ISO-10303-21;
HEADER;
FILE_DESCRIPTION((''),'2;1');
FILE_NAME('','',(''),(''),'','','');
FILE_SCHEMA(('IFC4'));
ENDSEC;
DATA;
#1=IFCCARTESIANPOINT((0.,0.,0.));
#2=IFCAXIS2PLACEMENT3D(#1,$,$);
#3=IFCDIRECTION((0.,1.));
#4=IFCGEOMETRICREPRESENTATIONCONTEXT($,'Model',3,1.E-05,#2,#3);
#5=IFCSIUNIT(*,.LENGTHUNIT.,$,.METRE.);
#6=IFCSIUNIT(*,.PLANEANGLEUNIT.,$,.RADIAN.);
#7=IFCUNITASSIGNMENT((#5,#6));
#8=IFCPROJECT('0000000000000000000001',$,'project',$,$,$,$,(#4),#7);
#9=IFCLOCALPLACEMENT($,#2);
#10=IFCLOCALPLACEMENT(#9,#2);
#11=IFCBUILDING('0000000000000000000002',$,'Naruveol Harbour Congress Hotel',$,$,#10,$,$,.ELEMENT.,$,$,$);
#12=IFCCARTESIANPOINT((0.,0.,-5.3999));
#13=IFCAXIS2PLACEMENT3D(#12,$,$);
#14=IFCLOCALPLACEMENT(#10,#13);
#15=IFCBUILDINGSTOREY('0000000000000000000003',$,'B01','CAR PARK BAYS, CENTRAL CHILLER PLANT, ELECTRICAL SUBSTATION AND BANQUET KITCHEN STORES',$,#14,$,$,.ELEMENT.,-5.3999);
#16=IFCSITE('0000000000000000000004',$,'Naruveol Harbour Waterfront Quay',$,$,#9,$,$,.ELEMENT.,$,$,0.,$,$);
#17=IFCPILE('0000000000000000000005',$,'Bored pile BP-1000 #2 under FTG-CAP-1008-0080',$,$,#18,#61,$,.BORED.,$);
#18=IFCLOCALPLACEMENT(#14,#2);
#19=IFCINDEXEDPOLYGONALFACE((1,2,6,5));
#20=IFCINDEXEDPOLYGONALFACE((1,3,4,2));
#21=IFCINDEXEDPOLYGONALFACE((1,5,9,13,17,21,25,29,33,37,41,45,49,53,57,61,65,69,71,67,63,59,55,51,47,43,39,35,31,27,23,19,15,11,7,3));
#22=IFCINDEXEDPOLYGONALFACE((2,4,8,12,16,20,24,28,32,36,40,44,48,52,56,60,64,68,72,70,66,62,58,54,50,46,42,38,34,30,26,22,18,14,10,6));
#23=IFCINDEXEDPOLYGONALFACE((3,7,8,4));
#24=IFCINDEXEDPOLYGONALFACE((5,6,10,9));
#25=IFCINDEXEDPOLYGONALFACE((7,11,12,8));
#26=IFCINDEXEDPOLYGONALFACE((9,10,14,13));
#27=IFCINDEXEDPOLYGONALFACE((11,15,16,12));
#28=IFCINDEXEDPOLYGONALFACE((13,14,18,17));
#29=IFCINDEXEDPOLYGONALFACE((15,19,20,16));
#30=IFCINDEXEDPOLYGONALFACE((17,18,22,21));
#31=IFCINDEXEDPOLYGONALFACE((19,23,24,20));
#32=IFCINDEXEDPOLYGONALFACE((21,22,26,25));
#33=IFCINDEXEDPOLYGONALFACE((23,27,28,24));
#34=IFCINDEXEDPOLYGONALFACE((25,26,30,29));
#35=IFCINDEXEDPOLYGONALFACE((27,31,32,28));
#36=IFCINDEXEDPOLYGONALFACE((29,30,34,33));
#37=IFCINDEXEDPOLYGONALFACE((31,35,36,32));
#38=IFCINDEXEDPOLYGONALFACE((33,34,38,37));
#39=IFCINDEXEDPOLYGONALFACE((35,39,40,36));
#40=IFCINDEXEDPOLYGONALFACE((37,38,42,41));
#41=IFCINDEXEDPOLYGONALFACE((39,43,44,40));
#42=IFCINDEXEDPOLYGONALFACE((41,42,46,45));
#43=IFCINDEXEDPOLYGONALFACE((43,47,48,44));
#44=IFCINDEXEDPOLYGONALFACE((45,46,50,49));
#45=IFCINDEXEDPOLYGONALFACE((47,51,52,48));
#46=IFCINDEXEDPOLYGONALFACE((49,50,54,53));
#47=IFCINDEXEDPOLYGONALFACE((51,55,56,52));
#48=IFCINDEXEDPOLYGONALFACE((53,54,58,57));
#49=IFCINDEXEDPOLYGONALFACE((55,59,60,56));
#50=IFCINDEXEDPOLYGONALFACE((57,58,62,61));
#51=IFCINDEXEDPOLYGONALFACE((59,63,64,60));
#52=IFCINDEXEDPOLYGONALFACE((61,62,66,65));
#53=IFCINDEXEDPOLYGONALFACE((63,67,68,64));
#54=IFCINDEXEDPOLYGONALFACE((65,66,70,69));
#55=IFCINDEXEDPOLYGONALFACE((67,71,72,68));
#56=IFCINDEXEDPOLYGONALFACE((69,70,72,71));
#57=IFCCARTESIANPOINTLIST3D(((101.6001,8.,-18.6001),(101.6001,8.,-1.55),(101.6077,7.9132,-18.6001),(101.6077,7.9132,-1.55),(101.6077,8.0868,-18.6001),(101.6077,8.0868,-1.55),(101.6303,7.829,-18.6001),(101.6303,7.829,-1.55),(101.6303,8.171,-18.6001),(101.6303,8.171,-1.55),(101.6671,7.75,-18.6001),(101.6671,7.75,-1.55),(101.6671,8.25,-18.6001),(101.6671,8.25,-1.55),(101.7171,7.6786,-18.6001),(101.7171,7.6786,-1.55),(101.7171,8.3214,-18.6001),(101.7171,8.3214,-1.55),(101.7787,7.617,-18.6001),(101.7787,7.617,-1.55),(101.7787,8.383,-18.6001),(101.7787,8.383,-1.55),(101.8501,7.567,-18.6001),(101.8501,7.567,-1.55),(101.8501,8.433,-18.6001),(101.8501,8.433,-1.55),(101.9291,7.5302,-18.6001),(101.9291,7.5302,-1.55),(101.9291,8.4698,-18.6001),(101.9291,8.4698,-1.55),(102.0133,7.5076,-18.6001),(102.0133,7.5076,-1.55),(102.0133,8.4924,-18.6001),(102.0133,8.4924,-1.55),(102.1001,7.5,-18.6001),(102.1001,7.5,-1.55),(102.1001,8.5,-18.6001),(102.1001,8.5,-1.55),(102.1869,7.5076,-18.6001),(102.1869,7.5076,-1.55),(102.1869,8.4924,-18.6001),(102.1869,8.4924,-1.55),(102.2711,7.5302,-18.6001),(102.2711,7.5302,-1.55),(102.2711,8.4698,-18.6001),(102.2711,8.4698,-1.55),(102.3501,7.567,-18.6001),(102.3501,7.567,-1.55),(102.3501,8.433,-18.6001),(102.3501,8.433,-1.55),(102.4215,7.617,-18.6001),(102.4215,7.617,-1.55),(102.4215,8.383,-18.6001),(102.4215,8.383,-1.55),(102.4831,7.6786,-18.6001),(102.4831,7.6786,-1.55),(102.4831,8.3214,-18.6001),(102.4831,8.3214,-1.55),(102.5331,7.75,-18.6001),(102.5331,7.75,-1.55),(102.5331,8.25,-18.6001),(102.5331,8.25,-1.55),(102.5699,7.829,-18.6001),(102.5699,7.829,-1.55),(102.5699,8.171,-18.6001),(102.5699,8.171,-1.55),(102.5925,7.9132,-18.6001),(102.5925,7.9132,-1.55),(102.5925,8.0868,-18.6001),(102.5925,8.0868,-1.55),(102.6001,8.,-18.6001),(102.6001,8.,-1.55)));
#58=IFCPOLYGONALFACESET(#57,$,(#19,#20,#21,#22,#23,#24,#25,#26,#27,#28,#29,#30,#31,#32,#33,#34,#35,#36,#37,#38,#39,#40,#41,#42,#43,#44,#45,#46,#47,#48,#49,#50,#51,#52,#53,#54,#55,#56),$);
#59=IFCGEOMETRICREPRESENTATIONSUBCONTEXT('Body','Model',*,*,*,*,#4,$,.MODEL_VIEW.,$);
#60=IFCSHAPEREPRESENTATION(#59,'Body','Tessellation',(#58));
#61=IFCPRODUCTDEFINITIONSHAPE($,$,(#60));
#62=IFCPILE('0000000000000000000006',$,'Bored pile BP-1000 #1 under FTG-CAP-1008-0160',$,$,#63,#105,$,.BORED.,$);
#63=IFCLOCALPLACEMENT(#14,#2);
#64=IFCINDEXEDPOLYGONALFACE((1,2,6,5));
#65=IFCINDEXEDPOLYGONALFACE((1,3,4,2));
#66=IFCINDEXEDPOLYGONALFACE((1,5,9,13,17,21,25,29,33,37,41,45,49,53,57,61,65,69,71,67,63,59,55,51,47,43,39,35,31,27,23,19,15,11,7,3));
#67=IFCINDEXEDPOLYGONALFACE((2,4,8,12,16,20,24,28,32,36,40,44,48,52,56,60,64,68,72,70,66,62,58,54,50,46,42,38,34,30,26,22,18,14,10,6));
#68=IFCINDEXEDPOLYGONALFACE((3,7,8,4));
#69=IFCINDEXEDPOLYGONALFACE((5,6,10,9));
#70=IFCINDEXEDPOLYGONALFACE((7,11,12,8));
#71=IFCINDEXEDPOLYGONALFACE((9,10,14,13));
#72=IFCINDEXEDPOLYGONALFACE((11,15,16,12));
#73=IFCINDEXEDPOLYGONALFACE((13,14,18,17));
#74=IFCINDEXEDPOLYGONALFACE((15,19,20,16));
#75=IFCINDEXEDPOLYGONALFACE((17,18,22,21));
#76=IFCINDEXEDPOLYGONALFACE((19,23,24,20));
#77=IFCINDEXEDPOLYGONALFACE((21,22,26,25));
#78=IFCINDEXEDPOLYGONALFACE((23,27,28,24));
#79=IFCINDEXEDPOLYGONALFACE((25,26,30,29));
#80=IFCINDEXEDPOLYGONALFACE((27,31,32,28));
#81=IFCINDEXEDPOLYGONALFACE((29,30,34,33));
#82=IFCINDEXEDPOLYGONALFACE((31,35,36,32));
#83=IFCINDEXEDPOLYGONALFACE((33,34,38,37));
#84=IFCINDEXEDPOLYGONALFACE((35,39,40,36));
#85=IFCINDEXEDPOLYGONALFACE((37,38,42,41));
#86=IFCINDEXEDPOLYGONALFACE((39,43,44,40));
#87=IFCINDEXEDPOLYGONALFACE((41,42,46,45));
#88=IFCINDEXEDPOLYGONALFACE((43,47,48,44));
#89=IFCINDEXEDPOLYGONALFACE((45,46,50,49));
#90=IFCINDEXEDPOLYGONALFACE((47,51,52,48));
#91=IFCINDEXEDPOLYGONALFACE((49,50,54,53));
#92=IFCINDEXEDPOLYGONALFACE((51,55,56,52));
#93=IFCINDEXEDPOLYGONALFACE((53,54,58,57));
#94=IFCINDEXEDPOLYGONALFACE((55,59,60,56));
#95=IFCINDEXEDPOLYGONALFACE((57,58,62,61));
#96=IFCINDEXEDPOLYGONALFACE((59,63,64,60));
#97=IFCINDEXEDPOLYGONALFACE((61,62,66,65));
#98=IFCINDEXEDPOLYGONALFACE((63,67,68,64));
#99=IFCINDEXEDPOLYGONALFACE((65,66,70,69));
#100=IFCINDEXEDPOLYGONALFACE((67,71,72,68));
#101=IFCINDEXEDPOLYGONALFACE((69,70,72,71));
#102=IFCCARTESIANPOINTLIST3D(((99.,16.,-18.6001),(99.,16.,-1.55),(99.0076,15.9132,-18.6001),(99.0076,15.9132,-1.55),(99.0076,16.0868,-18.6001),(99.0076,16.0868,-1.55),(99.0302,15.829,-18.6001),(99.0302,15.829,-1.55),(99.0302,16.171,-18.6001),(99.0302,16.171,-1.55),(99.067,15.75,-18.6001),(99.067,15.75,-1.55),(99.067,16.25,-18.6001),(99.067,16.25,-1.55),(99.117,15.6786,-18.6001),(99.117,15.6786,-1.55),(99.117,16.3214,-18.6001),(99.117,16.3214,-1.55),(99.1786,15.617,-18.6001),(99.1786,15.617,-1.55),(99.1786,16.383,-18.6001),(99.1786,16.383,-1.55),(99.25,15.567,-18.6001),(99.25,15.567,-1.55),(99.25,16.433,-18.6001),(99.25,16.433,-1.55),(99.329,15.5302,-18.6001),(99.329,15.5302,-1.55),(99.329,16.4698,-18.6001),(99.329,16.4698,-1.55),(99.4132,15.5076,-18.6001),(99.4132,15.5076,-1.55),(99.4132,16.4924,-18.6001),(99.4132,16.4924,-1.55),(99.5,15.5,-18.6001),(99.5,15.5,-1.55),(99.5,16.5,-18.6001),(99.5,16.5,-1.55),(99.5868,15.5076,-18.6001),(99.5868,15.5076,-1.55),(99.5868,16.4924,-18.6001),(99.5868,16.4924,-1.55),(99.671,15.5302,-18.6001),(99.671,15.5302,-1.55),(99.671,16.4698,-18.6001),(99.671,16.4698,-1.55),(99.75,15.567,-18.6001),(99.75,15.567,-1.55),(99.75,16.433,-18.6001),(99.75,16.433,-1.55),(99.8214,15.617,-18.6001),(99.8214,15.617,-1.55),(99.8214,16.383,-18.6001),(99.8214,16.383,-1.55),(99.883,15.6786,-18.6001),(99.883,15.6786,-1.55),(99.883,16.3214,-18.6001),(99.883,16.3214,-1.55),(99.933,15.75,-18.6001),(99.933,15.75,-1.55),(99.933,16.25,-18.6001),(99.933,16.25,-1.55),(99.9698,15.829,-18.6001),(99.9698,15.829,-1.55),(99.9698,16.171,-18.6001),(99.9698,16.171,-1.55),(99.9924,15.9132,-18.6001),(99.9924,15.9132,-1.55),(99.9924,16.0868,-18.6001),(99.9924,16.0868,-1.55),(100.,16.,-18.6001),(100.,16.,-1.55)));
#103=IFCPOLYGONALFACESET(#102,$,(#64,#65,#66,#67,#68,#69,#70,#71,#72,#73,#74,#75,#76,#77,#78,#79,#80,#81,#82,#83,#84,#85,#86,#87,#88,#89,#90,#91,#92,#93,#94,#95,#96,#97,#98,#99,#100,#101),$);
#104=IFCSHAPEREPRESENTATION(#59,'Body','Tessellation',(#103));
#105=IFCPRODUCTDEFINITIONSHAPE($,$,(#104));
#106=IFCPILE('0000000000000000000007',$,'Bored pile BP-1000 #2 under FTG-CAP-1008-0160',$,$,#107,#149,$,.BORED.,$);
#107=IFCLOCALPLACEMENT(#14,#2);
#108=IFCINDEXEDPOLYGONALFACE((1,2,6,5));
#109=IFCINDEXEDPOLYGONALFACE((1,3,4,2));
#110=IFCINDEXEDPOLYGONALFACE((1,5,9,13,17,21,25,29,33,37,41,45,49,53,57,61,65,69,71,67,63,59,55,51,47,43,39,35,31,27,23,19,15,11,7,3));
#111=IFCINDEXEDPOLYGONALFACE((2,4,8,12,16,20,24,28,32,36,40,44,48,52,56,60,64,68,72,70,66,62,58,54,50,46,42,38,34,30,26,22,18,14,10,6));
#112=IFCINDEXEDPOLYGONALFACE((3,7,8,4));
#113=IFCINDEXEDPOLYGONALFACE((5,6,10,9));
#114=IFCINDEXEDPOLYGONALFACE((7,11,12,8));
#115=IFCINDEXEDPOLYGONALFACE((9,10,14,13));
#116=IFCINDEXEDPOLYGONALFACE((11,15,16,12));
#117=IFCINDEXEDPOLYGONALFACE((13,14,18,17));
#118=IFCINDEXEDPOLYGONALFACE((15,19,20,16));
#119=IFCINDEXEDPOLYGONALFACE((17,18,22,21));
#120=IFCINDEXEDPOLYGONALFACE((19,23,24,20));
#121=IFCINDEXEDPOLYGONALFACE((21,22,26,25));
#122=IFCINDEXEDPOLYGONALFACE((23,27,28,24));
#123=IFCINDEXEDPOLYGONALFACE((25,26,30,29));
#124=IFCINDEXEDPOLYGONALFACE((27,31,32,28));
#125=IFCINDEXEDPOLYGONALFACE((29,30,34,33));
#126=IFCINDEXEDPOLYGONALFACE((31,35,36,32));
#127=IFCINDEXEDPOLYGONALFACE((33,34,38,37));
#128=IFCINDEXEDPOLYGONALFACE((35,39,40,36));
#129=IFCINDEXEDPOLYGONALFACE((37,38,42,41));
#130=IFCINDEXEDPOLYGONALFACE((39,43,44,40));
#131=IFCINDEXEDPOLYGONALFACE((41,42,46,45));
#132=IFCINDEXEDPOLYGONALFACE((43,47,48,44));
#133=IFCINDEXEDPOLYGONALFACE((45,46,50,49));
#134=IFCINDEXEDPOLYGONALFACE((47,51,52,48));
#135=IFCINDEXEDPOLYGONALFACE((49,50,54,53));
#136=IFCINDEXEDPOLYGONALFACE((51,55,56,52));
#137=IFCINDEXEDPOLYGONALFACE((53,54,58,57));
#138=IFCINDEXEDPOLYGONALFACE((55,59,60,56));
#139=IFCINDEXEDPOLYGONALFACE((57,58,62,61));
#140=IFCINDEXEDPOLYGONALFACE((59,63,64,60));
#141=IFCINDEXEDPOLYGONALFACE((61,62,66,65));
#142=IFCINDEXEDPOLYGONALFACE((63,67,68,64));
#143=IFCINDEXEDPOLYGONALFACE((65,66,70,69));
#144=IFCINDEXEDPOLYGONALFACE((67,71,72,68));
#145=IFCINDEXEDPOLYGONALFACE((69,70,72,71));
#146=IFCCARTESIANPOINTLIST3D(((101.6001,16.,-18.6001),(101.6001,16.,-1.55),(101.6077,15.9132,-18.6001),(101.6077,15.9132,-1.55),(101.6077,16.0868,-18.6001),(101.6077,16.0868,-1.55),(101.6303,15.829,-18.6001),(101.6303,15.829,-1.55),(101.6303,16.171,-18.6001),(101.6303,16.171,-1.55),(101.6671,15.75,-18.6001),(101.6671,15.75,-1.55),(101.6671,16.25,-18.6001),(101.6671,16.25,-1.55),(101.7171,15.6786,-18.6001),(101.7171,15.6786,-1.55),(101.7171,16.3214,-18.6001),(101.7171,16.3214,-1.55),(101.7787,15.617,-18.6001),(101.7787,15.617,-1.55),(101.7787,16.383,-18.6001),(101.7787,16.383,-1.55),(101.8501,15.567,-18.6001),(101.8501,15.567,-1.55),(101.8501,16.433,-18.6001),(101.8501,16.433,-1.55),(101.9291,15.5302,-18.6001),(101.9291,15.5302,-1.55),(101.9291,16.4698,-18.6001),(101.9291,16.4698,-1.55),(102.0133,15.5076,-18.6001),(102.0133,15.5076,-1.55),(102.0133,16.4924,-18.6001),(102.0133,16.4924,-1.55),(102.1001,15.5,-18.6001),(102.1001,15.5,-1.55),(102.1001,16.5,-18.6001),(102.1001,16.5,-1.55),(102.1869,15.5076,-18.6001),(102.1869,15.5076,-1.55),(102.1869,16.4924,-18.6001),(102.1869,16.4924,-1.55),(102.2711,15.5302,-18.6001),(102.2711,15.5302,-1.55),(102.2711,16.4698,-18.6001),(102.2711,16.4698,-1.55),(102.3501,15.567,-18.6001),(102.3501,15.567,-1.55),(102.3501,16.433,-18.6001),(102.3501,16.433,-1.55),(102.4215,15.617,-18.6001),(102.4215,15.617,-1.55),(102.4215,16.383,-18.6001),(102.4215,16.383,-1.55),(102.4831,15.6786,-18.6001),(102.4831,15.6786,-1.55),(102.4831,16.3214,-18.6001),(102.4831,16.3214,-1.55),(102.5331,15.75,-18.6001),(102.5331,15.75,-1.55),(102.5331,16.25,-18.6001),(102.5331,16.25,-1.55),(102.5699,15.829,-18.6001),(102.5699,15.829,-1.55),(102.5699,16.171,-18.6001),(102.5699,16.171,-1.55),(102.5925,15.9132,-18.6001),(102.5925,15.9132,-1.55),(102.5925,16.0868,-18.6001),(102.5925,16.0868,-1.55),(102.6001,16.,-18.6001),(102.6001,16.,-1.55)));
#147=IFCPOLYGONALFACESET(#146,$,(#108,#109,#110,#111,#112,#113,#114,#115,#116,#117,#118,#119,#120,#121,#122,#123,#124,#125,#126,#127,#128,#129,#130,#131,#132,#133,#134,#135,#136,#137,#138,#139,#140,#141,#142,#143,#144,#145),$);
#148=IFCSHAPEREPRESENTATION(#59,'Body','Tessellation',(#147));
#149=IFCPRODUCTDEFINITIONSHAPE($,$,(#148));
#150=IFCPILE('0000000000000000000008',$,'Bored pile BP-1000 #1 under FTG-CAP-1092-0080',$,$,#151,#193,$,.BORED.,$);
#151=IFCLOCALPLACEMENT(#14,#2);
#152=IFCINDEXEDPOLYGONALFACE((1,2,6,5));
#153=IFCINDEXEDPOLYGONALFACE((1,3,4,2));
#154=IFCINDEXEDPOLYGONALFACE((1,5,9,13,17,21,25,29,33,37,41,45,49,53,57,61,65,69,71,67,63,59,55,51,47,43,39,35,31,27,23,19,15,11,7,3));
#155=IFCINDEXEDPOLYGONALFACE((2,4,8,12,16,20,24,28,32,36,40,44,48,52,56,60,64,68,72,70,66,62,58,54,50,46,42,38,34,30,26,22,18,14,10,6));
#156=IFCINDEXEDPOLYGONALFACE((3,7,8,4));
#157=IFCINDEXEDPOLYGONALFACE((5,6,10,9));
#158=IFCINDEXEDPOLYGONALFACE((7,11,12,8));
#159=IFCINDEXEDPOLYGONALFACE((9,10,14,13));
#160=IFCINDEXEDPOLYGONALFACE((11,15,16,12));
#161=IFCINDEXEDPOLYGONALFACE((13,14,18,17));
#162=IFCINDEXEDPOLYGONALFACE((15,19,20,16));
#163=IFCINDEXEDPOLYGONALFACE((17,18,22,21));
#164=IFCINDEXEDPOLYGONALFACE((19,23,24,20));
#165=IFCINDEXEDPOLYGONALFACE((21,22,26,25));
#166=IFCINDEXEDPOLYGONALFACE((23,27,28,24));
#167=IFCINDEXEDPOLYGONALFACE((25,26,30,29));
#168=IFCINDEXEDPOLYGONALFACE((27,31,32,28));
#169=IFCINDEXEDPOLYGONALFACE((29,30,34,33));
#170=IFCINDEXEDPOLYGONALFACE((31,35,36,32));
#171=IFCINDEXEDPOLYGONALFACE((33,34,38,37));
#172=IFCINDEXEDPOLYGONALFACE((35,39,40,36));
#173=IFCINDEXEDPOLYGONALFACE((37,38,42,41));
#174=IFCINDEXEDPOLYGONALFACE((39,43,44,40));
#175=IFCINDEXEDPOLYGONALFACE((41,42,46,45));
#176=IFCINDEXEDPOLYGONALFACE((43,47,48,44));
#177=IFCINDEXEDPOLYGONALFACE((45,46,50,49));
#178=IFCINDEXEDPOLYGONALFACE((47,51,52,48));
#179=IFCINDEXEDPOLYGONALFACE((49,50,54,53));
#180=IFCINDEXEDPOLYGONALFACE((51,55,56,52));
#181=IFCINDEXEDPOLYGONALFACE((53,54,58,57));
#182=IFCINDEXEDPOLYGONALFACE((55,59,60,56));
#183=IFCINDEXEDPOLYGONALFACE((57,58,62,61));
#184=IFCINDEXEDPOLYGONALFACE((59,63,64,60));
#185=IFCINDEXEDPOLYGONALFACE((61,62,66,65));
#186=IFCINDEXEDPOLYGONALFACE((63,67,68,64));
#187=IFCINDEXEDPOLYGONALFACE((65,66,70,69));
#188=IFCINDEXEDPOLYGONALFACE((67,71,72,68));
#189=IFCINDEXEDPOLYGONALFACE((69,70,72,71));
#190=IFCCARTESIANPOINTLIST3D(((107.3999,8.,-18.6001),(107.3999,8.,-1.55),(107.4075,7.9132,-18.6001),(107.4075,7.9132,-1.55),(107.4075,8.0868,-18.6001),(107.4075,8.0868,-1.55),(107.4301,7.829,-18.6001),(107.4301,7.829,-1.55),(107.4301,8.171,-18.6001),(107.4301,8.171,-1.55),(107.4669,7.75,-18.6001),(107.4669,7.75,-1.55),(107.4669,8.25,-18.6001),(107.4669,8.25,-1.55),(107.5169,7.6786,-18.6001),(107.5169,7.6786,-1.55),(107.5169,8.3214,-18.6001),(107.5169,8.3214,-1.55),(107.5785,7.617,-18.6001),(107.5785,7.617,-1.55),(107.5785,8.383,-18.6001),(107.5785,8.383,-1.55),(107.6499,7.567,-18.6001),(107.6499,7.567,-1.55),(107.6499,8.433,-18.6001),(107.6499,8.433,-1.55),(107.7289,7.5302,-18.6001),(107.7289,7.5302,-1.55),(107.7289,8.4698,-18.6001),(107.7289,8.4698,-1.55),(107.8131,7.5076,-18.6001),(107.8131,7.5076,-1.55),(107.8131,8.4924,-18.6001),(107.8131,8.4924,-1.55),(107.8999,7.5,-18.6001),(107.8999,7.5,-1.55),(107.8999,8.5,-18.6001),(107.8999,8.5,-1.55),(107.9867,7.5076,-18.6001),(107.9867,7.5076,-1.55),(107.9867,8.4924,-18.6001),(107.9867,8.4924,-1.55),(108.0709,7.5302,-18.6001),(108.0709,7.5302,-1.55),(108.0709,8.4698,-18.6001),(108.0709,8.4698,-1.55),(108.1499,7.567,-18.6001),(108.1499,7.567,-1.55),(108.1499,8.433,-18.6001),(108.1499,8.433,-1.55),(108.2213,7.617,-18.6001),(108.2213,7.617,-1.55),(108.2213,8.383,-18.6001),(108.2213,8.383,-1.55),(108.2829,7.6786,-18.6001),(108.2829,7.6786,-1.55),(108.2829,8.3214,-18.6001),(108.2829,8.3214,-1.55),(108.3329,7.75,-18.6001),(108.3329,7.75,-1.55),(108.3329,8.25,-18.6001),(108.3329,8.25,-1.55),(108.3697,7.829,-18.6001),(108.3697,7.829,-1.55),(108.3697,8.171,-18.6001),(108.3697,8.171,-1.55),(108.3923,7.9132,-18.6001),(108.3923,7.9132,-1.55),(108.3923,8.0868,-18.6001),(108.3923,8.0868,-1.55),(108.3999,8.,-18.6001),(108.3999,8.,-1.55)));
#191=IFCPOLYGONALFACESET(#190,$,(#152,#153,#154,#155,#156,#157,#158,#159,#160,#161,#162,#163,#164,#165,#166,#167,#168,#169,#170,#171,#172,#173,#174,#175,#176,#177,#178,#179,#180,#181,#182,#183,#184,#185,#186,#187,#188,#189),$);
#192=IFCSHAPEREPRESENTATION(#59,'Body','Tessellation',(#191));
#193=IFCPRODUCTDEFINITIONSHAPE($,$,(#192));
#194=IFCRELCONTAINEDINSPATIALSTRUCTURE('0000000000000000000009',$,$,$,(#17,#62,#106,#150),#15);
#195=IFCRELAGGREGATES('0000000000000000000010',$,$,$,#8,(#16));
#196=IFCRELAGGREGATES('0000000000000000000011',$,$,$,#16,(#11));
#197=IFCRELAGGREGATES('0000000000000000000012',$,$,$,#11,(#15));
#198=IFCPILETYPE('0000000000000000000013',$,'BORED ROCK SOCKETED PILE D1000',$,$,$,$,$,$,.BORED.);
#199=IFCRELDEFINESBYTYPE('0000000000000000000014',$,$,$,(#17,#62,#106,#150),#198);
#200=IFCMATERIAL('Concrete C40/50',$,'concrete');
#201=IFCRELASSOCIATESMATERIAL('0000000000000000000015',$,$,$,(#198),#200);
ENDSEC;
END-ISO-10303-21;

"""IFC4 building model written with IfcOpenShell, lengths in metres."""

from ifc_helpers import new_model, si_unit, direction, frame, origin, origin_2d, place, context, subcontext, project, spatial, circle, extrude, material, material_profile, profile_set, type_object, element, save


model = new_model("IFC4")

# Units and contexts
model_context = context("Model", 3, precision=1e-05, world=origin(), true_north=direction((0.0, 1.0)))
body_context = subcontext(model_context, "Body", "Model", "MODEL_VIEW")
ifc_project = project(units=[si_unit("LENGTHUNIT", "METRE"), si_unit("PLANEANGLEUNIT", "RADIAN")], contexts=[model_context])

# Site, building, storey
site_placement = place(None, origin())
site = spatial("IfcSite", under=ifc_project, at=site_placement, Name="Naruveol Harbour Waterfront Quay", CompositionType="ELEMENT", RefElevation=0.0)
building_placement = place(site_placement, origin())
building = spatial("IfcBuilding", under=site, at=building_placement, Name="Naruveol Harbour Congress Hotel", CompositionType="ELEMENT")
storey_placement = place(building_placement, frame((0.0, 0.0, -5.3999)))
storey = spatial("IfcBuildingStorey", under=building, at=storey_placement, Name="B01", Description="CAR PARK BAYS, CENTRAL CHILLER PLANT, ELECTRICAL SUBSTATION AND BANQUET KITCHEN STORES", CompositionType="ELEMENT", Elevation=-5.3999)

# Piles
ifc_material_1 = material(Name="Concrete C40/50", Category="concrete")
ifc_material_profile_1 = material_profile(ifc_material_1, circle(Radius=0.5, at=origin_2d()), Name="BP-1000")
ifc_profile_set_1 = profile_set([ifc_material_profile_1], Name="Concrete C40/50")
pile_type = type_object("IfcPileType", Name="BORED ROCK SOCKETED PILE D1000", PredefinedType="BORED", material=ifc_profile_set_1)
for number, where, z_axis, x_axis, name in (
    (1, (102.1001, 8.0, -1.55), (0.0, 0.0, -1.0), (1.0, 0.0, 0.0), "Bored pile BP-1000 #2 under FTG-CAP-1008-0080"),
    (2, (99.5, 16.0, -1.55), (0.0, 0.0, -1.0), (1.0, 0.0, 0.0), "Bored pile BP-1000 #1 under FTG-CAP-1008-0160"),
    (3, (102.1001, 16.0, -1.55), (0.0, 0.0, -1.0), (1.0, 0.0, 0.0), "Bored pile BP-1000 #2 under FTG-CAP-1008-0160"),
    (4, (107.8999, 8.0, -1.55), (0.0, 0.0, -1.0), (1.0, 0.0, 0.0), "Bored pile BP-1000 #1 under FTG-CAP-1092-0080"),
):
    element("IfcPile", number, at=place(storey_placement, frame(where, z_axis=z_axis, x_axis=x_axis)), inside=storey, type_object=pile_type, Name=name, PredefinedType="BORED", context=body_context, shape_type="SweptSolid", body=[
        extrude(circle(Radius=0.5, at=origin_2d()), origin(), (0.0, 0.0, 1.0), 17.05),
    ])

save(model, "model.ifc")
